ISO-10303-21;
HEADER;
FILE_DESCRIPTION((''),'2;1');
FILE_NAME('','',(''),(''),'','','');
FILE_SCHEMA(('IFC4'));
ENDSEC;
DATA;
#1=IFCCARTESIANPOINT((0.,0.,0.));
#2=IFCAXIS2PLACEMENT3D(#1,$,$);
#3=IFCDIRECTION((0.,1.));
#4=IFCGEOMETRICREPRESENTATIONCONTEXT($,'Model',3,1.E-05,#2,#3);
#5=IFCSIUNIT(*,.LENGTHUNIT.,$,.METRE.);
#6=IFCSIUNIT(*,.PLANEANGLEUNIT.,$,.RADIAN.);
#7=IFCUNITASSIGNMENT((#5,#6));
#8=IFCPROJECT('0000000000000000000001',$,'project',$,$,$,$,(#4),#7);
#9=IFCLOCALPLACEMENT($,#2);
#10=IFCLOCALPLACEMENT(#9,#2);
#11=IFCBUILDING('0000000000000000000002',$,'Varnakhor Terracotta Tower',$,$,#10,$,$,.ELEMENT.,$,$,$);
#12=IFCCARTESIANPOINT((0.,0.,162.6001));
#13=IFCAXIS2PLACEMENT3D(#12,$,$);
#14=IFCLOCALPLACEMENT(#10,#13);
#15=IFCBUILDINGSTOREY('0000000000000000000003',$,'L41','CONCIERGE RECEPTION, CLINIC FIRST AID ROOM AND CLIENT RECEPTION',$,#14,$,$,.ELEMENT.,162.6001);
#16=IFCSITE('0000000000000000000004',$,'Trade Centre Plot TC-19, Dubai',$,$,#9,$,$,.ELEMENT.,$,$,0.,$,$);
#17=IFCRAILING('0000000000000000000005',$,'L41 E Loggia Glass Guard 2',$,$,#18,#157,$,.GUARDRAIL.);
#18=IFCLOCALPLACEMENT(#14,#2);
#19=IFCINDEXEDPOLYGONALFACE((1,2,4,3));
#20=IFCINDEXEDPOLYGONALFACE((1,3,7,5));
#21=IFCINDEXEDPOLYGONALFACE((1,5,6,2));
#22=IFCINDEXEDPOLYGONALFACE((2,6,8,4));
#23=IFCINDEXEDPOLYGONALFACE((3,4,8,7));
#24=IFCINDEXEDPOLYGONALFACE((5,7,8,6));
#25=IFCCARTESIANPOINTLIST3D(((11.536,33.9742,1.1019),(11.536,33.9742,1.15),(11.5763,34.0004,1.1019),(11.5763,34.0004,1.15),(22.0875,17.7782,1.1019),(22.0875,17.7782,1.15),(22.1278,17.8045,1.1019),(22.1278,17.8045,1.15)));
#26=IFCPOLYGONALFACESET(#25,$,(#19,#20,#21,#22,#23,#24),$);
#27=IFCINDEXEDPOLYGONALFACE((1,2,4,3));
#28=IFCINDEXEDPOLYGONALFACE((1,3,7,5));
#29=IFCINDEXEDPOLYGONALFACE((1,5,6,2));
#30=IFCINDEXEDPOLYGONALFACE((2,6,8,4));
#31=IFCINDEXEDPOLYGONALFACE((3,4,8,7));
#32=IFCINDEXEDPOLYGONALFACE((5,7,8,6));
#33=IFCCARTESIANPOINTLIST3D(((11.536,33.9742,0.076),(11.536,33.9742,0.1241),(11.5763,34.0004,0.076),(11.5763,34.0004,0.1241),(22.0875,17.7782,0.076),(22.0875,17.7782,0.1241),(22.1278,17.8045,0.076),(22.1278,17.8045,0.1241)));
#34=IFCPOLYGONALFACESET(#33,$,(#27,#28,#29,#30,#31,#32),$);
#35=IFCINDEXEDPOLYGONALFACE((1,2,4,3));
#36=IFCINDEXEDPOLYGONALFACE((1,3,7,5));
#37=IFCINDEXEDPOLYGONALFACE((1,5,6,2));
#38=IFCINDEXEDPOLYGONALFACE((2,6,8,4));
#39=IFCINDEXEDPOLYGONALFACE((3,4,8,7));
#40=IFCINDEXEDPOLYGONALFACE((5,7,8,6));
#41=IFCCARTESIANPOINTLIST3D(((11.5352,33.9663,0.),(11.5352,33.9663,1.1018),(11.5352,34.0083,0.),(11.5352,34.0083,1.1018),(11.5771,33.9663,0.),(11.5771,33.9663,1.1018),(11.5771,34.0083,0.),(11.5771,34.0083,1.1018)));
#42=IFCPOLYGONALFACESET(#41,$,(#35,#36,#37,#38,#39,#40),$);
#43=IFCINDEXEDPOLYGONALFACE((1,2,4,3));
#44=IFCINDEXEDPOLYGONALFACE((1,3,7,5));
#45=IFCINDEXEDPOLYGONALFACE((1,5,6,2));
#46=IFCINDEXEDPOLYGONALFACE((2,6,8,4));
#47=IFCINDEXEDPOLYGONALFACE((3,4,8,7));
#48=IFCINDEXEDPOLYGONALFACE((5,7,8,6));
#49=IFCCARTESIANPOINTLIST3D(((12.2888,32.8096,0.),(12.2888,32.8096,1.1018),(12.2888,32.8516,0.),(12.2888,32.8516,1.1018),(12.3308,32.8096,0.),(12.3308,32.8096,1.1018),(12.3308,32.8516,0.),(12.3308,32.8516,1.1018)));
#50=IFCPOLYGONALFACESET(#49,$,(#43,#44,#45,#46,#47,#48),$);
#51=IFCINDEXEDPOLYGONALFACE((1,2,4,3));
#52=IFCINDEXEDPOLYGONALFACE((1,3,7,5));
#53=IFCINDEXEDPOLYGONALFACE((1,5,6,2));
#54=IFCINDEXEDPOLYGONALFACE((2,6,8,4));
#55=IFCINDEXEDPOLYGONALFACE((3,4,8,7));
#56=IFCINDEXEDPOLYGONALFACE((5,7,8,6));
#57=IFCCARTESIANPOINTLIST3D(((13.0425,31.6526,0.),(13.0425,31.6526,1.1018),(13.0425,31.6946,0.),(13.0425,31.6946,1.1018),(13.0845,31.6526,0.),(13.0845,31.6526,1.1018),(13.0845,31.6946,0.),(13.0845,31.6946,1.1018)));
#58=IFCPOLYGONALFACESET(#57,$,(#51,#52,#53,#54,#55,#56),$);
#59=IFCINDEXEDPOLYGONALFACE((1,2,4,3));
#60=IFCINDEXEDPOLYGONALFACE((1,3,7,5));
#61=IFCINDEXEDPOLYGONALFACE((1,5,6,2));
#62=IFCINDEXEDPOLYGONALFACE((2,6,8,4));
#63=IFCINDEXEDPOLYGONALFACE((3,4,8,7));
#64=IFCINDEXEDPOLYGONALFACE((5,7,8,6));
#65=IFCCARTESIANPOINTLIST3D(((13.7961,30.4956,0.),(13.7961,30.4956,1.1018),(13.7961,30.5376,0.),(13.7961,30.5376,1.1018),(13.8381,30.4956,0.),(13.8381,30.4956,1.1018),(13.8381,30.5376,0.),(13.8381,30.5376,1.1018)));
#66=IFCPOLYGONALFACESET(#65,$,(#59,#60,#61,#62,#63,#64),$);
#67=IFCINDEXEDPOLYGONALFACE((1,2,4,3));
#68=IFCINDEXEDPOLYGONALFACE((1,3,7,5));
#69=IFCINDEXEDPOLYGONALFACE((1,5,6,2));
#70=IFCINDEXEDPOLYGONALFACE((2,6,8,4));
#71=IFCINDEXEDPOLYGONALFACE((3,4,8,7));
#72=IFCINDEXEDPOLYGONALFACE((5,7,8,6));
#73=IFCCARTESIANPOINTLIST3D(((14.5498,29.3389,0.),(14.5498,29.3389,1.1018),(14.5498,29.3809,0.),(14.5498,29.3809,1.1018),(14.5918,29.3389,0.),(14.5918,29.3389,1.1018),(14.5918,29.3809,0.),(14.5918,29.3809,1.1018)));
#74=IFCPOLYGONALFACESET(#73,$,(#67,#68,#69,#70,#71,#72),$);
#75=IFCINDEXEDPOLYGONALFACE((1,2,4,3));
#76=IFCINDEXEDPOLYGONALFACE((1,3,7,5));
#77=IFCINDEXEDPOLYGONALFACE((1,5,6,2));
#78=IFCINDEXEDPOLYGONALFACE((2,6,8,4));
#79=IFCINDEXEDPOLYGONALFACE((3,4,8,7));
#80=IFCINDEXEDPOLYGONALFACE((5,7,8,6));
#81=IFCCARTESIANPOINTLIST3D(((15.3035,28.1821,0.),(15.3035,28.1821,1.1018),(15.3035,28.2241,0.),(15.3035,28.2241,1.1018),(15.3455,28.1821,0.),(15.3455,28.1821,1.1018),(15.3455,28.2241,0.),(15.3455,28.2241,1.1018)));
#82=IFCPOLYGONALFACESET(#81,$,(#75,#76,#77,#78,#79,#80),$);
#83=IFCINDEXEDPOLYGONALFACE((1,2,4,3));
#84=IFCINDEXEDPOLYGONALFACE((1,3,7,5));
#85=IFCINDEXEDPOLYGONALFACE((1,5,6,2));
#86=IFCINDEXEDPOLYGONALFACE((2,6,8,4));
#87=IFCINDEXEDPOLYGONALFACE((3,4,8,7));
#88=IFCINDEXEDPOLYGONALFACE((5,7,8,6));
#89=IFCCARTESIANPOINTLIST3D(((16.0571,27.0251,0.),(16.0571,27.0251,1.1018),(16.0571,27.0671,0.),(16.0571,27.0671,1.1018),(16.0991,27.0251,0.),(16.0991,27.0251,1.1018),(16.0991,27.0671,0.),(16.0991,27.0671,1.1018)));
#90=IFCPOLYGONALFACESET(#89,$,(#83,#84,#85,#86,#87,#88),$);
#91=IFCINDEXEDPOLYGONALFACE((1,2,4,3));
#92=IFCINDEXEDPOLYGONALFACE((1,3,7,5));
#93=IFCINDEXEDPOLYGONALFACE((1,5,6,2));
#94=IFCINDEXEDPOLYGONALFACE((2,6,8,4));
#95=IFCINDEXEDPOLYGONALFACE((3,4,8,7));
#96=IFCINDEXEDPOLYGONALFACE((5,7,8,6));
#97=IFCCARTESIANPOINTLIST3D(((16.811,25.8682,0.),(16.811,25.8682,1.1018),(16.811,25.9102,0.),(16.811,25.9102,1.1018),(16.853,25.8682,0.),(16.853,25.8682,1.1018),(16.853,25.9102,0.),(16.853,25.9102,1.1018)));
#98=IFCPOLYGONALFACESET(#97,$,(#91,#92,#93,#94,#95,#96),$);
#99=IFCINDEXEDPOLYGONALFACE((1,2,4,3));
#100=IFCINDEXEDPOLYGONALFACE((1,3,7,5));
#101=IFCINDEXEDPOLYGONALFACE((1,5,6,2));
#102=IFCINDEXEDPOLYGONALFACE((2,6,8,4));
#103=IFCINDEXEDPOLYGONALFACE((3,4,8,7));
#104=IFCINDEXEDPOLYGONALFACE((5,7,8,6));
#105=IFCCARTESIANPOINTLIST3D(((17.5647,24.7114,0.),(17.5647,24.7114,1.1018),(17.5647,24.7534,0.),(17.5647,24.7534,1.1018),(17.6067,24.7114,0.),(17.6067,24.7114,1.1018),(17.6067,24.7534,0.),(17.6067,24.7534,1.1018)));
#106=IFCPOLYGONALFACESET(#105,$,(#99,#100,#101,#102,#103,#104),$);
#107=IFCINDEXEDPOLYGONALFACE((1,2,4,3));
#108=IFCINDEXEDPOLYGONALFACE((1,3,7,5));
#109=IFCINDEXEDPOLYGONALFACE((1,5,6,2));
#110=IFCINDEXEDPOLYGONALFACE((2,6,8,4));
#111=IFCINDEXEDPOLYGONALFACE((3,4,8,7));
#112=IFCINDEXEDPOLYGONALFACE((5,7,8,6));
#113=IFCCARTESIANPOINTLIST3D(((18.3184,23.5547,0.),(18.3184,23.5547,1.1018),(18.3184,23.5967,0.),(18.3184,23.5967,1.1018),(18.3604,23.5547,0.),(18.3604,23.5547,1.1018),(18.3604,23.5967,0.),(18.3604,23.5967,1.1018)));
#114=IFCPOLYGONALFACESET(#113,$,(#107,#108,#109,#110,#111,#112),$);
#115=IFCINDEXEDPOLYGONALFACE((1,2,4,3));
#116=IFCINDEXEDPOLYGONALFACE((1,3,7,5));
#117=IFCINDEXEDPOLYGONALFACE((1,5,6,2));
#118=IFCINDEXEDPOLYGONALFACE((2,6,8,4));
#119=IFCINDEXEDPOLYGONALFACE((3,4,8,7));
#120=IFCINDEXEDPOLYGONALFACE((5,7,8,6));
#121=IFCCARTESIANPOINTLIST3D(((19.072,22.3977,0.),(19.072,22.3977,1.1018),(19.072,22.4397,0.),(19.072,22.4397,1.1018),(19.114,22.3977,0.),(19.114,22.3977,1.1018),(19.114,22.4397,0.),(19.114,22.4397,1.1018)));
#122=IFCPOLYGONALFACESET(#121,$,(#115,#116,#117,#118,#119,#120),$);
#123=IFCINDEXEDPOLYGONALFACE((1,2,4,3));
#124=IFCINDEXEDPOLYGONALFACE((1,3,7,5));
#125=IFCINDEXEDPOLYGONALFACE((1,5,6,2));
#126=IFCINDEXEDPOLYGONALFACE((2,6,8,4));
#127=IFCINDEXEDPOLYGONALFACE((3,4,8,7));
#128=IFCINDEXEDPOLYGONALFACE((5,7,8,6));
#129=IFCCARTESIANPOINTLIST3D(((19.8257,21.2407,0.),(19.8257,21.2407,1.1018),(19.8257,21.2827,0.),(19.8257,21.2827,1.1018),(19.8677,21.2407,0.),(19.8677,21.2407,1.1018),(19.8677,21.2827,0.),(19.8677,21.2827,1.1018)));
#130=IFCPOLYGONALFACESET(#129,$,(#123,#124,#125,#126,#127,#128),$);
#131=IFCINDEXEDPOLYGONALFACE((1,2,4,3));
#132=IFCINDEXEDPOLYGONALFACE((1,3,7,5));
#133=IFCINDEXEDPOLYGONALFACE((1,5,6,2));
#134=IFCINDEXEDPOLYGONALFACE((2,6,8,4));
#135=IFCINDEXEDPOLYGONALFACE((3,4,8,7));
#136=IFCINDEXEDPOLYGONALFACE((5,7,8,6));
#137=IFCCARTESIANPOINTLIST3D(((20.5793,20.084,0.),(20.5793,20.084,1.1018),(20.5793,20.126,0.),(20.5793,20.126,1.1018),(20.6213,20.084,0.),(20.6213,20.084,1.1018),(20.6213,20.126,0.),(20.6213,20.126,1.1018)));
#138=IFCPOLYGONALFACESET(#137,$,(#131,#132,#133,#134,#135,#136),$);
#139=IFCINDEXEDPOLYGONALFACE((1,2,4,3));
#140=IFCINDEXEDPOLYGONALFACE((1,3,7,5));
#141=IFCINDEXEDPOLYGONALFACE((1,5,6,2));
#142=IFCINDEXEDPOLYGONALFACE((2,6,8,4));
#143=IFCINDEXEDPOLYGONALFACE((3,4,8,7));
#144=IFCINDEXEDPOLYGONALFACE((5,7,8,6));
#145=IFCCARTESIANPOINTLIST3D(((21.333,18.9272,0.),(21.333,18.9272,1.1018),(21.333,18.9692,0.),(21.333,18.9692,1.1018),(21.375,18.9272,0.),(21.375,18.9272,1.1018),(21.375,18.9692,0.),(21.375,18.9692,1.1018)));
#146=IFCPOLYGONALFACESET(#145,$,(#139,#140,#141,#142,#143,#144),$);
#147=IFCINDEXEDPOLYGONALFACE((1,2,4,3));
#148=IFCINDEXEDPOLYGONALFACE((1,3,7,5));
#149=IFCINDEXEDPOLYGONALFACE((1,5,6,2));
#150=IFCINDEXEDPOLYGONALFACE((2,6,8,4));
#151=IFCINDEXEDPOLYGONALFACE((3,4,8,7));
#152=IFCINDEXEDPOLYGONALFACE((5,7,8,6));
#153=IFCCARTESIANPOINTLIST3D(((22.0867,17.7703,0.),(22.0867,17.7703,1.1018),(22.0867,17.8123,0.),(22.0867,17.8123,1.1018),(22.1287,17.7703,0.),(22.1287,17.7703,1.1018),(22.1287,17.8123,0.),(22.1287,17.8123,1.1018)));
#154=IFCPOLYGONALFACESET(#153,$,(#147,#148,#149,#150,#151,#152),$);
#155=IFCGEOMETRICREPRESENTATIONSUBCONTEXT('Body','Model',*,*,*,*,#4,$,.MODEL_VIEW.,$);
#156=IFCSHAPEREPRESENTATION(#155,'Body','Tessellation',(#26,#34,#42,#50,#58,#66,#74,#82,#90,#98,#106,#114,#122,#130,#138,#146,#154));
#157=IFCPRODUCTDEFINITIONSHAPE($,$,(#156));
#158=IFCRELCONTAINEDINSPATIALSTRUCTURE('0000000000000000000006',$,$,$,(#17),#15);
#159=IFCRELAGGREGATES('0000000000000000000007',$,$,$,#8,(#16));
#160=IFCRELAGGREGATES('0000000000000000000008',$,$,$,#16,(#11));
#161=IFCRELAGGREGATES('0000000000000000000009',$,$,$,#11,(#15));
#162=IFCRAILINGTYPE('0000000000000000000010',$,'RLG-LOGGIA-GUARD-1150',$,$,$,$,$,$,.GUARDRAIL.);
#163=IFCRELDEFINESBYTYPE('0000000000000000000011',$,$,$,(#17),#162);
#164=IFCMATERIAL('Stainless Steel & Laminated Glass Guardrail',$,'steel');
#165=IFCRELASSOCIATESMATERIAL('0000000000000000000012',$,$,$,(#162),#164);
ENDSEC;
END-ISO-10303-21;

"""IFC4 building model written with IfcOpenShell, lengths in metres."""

from ifc_helpers import new_model, si_unit, direction, frame, origin, origin_2d, place, context, subcontext, project, spatial, rectangle, extrude, material, type_object, element, save


model = new_model("IFC4")

# Units and contexts
model_context = context("Model", 3, precision=1e-05, world=origin(), true_north=direction((0.0, 1.0)))
body_context = subcontext(model_context, "Body", "Model", "MODEL_VIEW")
ifc_project = project(units=[si_unit("LENGTHUNIT", "METRE"), si_unit("PLANEANGLEUNIT", "RADIAN")], contexts=[model_context])

# Site, building, storey
site_placement = place(None, origin())
site = spatial("IfcSite", under=ifc_project, at=site_placement, Name="Trade Centre Plot TC-19, Dubai", CompositionType="ELEMENT", RefElevation=0.0)
building_placement = place(site_placement, origin())
building = spatial("IfcBuilding", under=site, at=building_placement, Name="Varnakhor Terracotta Tower", CompositionType="ELEMENT")
storey_placement = place(building_placement, frame((0.0, 0.0, 162.6001)))
storey = spatial("IfcBuildingStorey", under=building, at=storey_placement, Name="L41", Description="CONCIERGE RECEPTION, CLINIC FIRST AID ROOM AND CLIENT RECEPTION", CompositionType="ELEMENT", Elevation=162.6001)

# Railing
ifc_material_1 = material(Name="Stainless Steel & Laminated Glass Guardrail", Category="steel")
railing_type = type_object("IfcRailingType", Name="RLG-LOGGIA-GUARD-1150", PredefinedType="GUARDRAIL", material=ifc_material_1)
railing_1_placement = place(storey_placement, frame((11.5562, 33.9873, 0.0)))
element("IfcRailing", 1, at=railing_1_placement, inside=storey, type_object=railing_type, Name="L41 E Loggia Glass Guard 2", PredefinedType="GUARDRAIL", context=body_context, shape_type="SweptSolid", body=[
    extrude(rectangle(XDim=0.0481, YDim=0.0481, at=origin_2d()), frame((0.0, 0.0, 1.126), z_axis=(0.545864, -0.837874, 0.0), x_axis=(0.837874, 0.545864, 0.0)), (0.0, 0.0, 1.0), 19.3298),
    extrude(rectangle(XDim=0.0481, YDim=0.0481, at=origin_2d()), frame((0.0, 0.0, 0.1001), z_axis=(0.545864, -0.837874, 0.0), x_axis=(0.837874, 0.545864, 0.0)), (0.0, 0.0, 1.0), 19.3298),
    extrude(rectangle(XDim=0.042, YDim=0.042, at=origin_2d()), origin(), (0.0, 0.0, 1.0), 1.1018),
    extrude(rectangle(XDim=0.042, YDim=0.042, at=origin_2d()), frame((0.7537, -1.1567, 0.0)), (0.0, 0.0, 1.0), 1.1018),
    extrude(rectangle(XDim=0.042, YDim=0.042, at=origin_2d()), frame((1.5073, -2.3137, 0.0)), (0.0, 0.0, 1.0), 1.1018),
    extrude(rectangle(XDim=0.042, YDim=0.042, at=origin_2d()), frame((2.261, -3.4707, 0.0)), (0.0, 0.0, 1.0), 1.1018),
    extrude(rectangle(XDim=0.042, YDim=0.042, at=origin_2d()), frame((3.0146, -4.6274, 0.0)), (0.0, 0.0, 1.0), 1.1018),
    extrude(rectangle(XDim=0.042, YDim=0.042, at=origin_2d()), frame((3.7683, -5.7842, 0.0)), (0.0, 0.0, 1.0), 1.1018),
    extrude(rectangle(XDim=0.042, YDim=0.042, at=origin_2d()), frame((4.522, -6.9412, 0.0)), (0.0, 0.0, 1.0), 1.1018),
    extrude(rectangle(XDim=0.042, YDim=0.042, at=origin_2d()), frame((5.2759, -8.0981, 0.0)), (0.0, 0.0, 1.0), 1.1018),
    extrude(rectangle(XDim=0.042, YDim=0.042, at=origin_2d()), frame((6.0295, -9.2549, 0.0)), (0.0, 0.0, 1.0), 1.1018),
    extrude(rectangle(XDim=0.042, YDim=0.042, at=origin_2d()), frame((6.7832, -10.4116, 0.0)), (0.0, 0.0, 1.0), 1.1018),
    extrude(rectangle(XDim=0.042, YDim=0.042, at=origin_2d()), frame((7.5369, -11.5686, 0.0)), (0.0, 0.0, 1.0), 1.1018),
    extrude(rectangle(XDim=0.042, YDim=0.042, at=origin_2d()), frame((8.2905, -12.7256, 0.0)), (0.0, 0.0, 1.0), 1.1018),
    extrude(rectangle(XDim=0.042, YDim=0.042, at=origin_2d()), frame((9.0442, -13.8823, 0.0)), (0.0, 0.0, 1.0), 1.1018),
    extrude(rectangle(XDim=0.042, YDim=0.042, at=origin_2d()), frame((9.7979, -15.0391, 0.0)), (0.0, 0.0, 1.0), 1.1018),
    extrude(rectangle(XDim=0.042, YDim=0.042, at=origin_2d()), frame((10.5515, -16.196, 0.0)), (0.0, 0.0, 1.0), 1.1018),
])

save(model, "model.ifc")
